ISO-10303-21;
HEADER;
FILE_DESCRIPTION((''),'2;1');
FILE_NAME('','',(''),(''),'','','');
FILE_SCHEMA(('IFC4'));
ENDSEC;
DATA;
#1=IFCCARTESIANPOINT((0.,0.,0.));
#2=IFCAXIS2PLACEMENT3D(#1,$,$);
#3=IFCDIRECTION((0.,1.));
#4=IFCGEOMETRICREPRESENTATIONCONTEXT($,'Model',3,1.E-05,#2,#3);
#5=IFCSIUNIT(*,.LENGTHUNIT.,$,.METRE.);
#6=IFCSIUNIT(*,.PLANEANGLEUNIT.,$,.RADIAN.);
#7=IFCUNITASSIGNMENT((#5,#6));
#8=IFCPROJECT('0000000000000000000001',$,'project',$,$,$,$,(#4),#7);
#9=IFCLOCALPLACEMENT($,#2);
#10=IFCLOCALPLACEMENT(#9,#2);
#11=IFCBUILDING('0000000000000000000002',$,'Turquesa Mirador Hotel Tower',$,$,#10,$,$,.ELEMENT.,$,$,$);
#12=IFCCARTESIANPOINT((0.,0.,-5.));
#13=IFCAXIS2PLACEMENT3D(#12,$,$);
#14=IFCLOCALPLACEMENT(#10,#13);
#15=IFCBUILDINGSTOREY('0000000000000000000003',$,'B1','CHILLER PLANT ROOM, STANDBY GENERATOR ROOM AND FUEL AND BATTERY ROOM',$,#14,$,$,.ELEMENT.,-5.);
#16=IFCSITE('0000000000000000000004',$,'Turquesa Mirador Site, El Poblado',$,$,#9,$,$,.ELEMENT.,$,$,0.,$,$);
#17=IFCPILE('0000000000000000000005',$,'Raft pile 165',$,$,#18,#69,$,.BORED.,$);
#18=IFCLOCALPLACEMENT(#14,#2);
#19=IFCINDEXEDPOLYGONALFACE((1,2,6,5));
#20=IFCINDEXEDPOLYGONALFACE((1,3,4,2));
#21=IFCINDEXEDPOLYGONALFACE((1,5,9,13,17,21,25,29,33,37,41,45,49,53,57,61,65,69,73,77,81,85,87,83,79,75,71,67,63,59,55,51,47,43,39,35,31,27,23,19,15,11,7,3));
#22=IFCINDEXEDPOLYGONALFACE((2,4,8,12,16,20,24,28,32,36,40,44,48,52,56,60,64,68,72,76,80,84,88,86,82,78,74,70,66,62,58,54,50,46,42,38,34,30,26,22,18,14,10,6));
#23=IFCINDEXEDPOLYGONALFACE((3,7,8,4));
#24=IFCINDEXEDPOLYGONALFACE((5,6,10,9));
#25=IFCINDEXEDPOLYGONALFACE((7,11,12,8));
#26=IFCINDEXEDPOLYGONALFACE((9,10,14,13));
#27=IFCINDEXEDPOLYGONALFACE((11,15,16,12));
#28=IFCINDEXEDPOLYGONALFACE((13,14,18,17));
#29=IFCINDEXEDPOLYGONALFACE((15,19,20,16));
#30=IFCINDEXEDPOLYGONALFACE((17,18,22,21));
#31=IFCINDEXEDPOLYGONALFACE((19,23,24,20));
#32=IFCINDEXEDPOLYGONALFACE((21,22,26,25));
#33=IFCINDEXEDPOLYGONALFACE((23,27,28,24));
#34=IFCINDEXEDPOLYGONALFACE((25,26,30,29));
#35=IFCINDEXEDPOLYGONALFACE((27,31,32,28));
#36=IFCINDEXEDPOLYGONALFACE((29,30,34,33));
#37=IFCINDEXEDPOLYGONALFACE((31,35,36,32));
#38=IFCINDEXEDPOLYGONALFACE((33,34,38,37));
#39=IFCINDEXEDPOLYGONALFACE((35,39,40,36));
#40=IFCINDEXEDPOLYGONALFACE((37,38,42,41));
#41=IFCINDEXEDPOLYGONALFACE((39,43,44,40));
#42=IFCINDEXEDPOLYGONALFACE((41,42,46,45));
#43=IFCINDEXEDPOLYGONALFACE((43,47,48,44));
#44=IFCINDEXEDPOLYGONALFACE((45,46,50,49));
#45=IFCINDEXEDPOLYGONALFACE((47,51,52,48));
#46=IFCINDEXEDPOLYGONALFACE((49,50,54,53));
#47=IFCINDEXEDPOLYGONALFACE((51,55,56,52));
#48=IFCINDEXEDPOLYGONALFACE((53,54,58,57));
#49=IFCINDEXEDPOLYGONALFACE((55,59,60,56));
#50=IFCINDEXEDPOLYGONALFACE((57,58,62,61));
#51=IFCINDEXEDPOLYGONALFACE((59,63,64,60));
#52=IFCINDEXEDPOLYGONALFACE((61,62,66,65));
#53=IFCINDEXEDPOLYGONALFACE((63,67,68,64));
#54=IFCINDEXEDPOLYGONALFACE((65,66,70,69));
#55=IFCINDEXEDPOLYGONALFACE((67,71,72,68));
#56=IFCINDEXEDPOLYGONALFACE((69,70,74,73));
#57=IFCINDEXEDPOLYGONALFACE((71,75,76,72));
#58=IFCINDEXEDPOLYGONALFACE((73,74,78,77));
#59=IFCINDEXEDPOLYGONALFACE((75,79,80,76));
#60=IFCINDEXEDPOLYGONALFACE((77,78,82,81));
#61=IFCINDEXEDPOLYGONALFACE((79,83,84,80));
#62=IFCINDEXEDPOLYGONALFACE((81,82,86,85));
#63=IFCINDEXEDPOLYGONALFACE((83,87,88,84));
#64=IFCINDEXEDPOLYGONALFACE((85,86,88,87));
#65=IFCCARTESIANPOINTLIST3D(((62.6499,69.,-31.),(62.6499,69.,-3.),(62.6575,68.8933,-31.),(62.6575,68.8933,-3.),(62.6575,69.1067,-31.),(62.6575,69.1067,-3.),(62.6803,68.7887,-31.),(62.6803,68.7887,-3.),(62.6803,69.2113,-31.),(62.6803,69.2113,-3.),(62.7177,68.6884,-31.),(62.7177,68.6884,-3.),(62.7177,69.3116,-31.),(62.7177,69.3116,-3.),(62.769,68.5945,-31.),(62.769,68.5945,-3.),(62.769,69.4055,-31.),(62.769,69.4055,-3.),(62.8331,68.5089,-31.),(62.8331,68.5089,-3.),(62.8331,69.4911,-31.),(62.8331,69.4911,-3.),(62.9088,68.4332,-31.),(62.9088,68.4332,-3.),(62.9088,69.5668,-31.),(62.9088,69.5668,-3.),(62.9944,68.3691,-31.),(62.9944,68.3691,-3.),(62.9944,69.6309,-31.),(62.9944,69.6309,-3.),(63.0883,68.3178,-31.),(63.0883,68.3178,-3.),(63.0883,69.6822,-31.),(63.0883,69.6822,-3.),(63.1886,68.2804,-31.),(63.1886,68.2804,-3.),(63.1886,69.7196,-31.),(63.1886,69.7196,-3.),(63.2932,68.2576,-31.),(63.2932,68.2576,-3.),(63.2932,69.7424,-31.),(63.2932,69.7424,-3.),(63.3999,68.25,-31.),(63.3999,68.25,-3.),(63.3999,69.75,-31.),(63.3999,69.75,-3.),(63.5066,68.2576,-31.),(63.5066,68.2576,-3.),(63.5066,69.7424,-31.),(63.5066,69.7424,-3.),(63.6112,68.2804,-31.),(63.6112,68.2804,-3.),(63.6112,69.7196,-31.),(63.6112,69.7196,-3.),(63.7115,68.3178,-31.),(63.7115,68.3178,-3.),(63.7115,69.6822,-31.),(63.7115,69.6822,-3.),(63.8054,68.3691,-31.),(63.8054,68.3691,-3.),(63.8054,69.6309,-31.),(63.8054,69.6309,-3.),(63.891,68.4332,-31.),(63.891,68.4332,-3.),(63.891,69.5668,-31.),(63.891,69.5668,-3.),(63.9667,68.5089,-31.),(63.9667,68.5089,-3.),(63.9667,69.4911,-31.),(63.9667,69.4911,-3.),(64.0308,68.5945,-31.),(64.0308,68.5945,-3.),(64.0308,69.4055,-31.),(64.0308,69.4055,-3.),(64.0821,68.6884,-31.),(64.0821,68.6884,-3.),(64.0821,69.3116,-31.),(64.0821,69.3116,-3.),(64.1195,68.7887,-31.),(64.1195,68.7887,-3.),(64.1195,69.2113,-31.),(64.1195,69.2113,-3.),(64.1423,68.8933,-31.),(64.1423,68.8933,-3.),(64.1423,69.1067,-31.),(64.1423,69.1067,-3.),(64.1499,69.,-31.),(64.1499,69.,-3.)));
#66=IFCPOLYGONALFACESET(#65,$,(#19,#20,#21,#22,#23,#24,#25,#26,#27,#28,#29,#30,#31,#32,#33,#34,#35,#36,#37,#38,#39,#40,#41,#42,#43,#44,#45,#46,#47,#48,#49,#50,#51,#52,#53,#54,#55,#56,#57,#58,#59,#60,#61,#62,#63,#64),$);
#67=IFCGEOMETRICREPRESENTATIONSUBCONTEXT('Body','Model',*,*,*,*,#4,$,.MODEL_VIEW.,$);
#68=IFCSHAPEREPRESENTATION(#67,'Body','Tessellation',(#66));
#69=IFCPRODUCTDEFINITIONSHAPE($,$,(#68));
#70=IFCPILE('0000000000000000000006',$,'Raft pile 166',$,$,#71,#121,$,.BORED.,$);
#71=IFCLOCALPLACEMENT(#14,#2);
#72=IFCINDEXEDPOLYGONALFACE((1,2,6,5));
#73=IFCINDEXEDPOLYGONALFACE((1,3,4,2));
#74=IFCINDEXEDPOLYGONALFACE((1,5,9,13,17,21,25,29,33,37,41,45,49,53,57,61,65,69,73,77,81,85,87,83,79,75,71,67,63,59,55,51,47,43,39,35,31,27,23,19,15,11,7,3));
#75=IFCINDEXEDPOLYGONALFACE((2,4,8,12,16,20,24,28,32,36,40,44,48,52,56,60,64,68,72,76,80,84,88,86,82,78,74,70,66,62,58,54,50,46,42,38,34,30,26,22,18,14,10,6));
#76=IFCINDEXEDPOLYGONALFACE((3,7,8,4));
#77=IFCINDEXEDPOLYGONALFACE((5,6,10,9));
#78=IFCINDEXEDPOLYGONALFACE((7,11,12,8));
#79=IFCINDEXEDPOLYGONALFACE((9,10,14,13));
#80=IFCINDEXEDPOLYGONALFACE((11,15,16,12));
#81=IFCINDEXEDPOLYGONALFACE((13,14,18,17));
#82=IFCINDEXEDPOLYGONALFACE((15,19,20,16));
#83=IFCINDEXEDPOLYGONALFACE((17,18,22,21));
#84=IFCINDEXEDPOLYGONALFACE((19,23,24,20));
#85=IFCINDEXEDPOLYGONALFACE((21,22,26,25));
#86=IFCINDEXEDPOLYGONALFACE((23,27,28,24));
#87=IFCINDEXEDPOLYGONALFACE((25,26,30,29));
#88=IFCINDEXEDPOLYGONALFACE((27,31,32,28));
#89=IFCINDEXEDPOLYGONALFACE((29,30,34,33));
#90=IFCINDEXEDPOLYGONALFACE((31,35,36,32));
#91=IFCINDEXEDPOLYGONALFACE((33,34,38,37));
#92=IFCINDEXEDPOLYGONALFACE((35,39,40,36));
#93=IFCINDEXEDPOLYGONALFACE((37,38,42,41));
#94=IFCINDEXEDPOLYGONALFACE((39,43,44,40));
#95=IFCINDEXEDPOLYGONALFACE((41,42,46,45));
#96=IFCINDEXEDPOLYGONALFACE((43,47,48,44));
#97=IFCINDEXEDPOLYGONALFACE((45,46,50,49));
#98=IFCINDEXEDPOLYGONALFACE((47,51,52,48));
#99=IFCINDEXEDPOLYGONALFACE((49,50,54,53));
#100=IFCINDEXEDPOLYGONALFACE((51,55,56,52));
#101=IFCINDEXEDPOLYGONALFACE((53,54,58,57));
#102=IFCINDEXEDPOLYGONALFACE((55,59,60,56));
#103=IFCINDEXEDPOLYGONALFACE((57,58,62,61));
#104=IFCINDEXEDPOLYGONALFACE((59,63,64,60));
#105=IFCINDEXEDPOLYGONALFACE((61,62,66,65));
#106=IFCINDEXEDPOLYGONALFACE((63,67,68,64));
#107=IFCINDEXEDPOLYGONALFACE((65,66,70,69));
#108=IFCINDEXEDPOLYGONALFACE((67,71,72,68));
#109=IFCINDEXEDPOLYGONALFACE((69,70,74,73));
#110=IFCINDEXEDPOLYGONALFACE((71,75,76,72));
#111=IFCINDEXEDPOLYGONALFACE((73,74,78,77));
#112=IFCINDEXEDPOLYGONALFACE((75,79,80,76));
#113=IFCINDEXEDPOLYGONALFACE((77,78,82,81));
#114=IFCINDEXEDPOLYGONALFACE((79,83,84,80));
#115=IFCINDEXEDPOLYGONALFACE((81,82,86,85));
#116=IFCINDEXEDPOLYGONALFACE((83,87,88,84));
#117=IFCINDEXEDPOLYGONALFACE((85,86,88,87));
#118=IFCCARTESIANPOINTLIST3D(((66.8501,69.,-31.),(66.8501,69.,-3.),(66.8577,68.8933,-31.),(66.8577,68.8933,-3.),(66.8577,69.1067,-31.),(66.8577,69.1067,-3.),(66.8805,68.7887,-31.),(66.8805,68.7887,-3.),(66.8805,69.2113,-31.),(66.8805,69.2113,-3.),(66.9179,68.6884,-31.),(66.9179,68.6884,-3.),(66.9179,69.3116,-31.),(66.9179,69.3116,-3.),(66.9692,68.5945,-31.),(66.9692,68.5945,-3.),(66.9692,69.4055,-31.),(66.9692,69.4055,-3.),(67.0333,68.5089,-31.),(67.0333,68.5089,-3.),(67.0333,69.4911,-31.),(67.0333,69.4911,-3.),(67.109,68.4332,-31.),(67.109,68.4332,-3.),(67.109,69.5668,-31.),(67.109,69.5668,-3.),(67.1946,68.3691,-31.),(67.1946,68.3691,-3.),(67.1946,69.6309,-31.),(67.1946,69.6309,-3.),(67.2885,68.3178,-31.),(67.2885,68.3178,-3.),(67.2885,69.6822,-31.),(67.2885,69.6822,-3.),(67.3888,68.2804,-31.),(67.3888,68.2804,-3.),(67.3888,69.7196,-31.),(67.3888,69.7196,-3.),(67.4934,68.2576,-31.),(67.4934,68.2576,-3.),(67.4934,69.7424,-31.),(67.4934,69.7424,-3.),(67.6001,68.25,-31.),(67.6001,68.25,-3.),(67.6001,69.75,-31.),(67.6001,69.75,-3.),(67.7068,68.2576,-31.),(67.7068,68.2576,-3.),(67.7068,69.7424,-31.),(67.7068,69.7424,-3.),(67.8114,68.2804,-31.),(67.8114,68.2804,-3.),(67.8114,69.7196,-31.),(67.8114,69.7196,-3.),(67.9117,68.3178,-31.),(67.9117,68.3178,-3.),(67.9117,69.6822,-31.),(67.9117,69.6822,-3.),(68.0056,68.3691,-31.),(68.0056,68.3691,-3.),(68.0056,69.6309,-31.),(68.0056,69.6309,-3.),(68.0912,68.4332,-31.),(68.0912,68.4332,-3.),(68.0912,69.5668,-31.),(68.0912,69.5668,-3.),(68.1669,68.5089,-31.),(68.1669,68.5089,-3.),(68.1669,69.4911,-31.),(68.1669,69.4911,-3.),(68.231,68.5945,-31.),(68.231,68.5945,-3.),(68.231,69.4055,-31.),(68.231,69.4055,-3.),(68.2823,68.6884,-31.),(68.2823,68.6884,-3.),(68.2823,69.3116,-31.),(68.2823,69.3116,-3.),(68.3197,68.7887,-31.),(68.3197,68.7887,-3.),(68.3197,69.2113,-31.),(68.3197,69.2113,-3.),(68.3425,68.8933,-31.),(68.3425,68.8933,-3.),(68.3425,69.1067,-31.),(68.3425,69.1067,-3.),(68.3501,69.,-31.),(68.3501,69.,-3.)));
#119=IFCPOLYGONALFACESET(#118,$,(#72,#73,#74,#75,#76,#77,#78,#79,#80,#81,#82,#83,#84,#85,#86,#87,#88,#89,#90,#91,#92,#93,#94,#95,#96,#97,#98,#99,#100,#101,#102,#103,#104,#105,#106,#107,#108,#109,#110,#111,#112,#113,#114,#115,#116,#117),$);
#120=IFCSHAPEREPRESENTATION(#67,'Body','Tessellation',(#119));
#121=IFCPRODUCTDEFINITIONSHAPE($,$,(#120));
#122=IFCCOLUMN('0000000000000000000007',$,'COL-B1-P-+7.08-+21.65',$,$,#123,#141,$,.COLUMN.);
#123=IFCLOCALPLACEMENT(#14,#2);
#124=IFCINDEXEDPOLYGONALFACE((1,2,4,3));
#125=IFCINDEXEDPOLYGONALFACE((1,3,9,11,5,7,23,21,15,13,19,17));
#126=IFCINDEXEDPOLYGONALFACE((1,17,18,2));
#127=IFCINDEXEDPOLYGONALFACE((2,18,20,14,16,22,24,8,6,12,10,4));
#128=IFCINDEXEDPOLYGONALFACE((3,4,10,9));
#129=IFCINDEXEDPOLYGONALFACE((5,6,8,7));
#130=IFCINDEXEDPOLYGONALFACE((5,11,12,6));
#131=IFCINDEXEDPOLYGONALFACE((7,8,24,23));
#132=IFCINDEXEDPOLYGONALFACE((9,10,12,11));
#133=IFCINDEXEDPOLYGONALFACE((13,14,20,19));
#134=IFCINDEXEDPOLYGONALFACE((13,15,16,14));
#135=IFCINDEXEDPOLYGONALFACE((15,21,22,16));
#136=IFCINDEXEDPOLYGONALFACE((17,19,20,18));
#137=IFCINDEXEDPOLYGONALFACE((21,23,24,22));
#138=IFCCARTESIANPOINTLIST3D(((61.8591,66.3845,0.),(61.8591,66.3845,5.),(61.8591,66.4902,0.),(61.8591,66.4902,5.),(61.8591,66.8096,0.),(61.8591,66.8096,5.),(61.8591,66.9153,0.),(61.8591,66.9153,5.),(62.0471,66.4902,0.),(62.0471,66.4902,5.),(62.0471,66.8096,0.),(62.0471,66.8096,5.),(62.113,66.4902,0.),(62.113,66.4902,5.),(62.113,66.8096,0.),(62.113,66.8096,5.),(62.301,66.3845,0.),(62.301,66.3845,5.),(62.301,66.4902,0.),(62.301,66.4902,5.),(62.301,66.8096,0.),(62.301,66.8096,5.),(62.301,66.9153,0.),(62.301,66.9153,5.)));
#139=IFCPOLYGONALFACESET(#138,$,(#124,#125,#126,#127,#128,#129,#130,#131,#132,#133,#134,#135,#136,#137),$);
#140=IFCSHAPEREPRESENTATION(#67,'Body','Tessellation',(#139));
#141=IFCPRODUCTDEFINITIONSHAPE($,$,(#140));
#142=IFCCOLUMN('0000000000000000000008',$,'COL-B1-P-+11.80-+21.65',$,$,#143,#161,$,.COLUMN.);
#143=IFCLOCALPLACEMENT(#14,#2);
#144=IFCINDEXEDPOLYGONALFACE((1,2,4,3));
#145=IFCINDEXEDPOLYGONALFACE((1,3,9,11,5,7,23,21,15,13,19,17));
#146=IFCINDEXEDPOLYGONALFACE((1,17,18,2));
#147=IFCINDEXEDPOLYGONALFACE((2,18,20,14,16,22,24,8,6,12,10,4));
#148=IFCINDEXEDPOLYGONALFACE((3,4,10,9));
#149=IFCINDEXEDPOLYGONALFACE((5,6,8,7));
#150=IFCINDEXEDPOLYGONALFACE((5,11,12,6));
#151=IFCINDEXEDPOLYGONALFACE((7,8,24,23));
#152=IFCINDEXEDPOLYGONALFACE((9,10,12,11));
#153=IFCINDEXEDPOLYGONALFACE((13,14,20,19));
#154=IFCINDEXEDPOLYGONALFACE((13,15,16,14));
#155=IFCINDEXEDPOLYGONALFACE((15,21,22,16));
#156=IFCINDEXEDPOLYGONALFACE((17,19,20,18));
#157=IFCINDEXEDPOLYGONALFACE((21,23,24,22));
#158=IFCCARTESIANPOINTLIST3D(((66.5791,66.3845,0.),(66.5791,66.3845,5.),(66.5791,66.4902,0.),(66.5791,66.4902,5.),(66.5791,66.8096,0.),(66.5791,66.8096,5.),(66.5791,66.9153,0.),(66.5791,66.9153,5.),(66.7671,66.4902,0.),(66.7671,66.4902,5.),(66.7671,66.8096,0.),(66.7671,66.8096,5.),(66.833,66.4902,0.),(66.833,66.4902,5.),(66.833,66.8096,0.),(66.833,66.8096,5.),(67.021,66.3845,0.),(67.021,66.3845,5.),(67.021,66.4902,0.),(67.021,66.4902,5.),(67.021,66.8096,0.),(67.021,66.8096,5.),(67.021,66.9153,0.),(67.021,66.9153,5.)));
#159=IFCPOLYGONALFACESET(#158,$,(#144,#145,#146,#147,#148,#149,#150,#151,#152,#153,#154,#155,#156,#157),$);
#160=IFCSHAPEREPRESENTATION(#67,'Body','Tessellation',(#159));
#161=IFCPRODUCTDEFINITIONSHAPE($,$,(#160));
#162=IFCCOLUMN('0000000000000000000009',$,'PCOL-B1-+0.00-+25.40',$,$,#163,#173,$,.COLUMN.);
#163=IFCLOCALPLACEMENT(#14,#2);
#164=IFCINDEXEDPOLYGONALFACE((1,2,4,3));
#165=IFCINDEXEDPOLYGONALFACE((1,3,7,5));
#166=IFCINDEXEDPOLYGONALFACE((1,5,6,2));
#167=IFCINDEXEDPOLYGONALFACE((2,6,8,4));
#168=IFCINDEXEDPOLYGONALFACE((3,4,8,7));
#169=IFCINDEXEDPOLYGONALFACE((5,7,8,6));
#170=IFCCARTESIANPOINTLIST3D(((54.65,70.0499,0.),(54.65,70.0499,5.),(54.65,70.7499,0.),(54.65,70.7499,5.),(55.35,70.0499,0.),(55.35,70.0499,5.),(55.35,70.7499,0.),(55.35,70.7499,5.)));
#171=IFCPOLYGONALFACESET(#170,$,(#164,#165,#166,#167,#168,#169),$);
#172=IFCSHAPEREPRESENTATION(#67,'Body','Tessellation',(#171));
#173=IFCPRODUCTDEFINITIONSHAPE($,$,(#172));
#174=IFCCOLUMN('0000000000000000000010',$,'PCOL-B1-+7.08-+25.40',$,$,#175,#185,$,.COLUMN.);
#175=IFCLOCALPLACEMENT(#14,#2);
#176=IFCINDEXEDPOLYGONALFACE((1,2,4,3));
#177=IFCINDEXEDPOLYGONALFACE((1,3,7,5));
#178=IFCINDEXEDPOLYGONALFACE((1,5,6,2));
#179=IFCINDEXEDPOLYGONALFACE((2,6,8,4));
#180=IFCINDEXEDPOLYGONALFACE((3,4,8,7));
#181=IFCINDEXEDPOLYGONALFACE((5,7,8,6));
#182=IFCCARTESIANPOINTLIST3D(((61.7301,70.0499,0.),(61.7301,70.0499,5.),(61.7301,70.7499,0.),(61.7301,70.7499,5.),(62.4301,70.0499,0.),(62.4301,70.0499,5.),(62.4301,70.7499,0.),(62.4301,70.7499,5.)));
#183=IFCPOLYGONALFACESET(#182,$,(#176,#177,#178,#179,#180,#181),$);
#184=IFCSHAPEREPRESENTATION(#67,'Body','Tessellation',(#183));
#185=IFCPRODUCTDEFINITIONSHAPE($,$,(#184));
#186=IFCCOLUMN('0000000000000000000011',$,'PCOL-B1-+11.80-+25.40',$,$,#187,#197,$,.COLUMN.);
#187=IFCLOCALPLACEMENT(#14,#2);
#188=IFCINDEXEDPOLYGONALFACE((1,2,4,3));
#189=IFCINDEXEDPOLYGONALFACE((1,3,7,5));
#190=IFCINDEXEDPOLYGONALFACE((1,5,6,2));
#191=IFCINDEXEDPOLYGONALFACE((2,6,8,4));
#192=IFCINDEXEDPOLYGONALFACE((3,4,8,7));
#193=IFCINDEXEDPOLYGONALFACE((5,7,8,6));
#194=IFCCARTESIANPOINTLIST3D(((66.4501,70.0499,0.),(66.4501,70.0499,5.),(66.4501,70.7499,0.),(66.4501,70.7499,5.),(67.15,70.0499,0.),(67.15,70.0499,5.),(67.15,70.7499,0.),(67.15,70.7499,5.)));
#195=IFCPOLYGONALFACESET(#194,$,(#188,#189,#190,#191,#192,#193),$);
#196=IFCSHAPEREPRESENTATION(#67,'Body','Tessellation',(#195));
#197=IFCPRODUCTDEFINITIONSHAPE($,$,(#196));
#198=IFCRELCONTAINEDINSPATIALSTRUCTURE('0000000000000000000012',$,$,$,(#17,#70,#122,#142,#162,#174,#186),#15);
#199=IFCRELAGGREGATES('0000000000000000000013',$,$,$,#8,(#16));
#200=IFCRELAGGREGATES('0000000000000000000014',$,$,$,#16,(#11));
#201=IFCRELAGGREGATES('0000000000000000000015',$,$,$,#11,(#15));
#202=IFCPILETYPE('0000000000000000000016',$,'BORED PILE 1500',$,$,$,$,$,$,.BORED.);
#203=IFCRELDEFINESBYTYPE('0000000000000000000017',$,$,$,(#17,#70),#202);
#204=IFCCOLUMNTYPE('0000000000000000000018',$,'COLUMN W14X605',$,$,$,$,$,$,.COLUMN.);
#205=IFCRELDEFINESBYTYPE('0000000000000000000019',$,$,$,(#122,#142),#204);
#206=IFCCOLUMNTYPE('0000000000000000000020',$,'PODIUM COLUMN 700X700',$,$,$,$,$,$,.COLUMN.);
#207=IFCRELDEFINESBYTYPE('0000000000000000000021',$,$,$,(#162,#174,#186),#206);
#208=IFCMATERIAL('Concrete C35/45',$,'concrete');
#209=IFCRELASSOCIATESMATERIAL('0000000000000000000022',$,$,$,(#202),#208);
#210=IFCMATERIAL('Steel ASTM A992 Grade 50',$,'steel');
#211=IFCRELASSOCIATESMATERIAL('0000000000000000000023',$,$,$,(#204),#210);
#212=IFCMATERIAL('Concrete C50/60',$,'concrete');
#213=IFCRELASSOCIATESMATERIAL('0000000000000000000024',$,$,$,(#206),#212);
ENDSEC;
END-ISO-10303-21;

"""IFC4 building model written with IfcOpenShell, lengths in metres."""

from ifc_helpers import new_model, si_unit, direction, frame, origin, origin_2d, place, context, subcontext, project, spatial, rectangle, circle, i_section, extrude, material, material_profile, profile_set, type_object, element, save


model = new_model("IFC4")

# Units and contexts
model_context = context("Model", 3, precision=1e-05, world=origin(), true_north=direction((0.0, 1.0)))
body_context = subcontext(model_context, "Body", "Model", "MODEL_VIEW")
ifc_project = project(units=[si_unit("LENGTHUNIT", "METRE"), si_unit("PLANEANGLEUNIT", "RADIAN")], contexts=[model_context])

# Site, building, storey
site_placement = place(None, origin())
site = spatial("IfcSite", under=ifc_project, at=site_placement, Name="Turquesa Mirador Site, El Poblado", CompositionType="ELEMENT", RefElevation=0.0)
building_placement = place(site_placement, origin())
building = spatial("IfcBuilding", under=site, at=building_placement, Name="Turquesa Mirador Hotel Tower", CompositionType="ELEMENT")
storey_placement = place(building_placement, frame((0.0, 0.0, -5.0)))
storey = spatial("IfcBuildingStorey", under=building, at=storey_placement, Name="B1", Description="CHILLER PLANT ROOM, STANDBY GENERATOR ROOM AND FUEL AND BATTERY ROOM", CompositionType="ELEMENT", Elevation=-5.0)

# Piles
ifc_material_1 = material(Name="Concrete C35/45", Category="concrete")
pile_type = type_object("IfcPileType", Name="BORED PILE 1500", PredefinedType="BORED", material=ifc_material_1)
for number, where, z_axis, x_axis, name in (
    (1, (63.3999, 69.0, -3.0), (0.0, 0.0, -1.0), (1.0, 0.0, 0.0), "Raft pile 165"),
    (2, (67.6001, 69.0, -3.0), (0.0, 0.0, -1.0), (1.0, 0.0, 0.0), "Raft pile 166"),
):
    element("IfcPile", number, at=place(storey_placement, frame(where, z_axis=z_axis, x_axis=x_axis)), inside=storey, type_object=pile_type, Name=name, PredefinedType="BORED", context=body_context, shape_type="SweptSolid", body=[
        extrude(circle(Radius=0.75, at=origin_2d()), origin(), (0.0, 0.0, 1.0), 28.0),
    ])

# Columns
ifc_material_2 = material(Name="Steel ASTM A992 Grade 50", Category="steel")
ifc_material_profile_1 = material_profile(ifc_material_2, i_section(OverallWidth=0.4419, OverallDepth=0.5308, WebThickness=0.0659, FlangeThickness=0.1057, at=origin_2d()), Name="W14X605")
ifc_profile_set_1 = profile_set([ifc_material_profile_1], Name="Steel ASTM A992 Grade 50")
column_type_1 = type_object("IfcColumnType", Name="COLUMN W14X605", PredefinedType="COLUMN", material=ifc_profile_set_1)
for number, where, z_axis, x_axis, name in (
    (3, (62.0801, 66.6499, 0.0), (0.0, 0.0, 1.0), (1.0, 0.0, 0.0), "COL-B1-P-+7.08-+21.65"),
    (4, (66.8, 66.6499, 0.0), (0.0, 0.0, 1.0), (1.0, 0.0, 0.0), "COL-B1-P-+11.80-+21.65"),
):
    element("IfcColumn", number, at=place(storey_placement, frame(where, z_axis=z_axis, x_axis=x_axis)), inside=storey, type_object=column_type_1, Name=name, PredefinedType="COLUMN", context=body_context, shape_type="SweptSolid", body=[
        extrude(i_section(OverallWidth=0.4419, OverallDepth=0.5308, WebThickness=0.0659, FlangeThickness=0.1057, at=origin_2d()), origin(), (0.0, 0.0, 1.0), 5.0),
    ])
ifc_material_3 = material(Name="Concrete C50/60", Category="concrete")
ifc_material_profile_2 = material_profile(ifc_material_3, rectangle(XDim=0.7, YDim=0.7, at=origin_2d()), Name="RC 700X700")
ifc_profile_set_2 = profile_set([ifc_material_profile_2], Name="Concrete C50/60")
column_type_2 = type_object("IfcColumnType", Name="PODIUM COLUMN 700X700", PredefinedType="COLUMN", material=ifc_profile_set_2)
for number, where, z_axis, x_axis, name in (
    (5, (55.0, 70.3999, 0.0), (0.0, 0.0, 1.0), (1.0, 0.0, 0.0), "PCOL-B1-+0.00-+25.40"),
    (6, (62.0801, 70.3999, 0.0), (0.0, 0.0, 1.0), (1.0, 0.0, 0.0), "PCOL-B1-+7.08-+25.40"),
    (7, (66.8, 70.3999, 0.0), (0.0, 0.0, 1.0), (1.0, 0.0, 0.0), "PCOL-B1-+11.80-+25.40"),
):
    element("IfcColumn", number, at=place(storey_placement, frame(where, z_axis=z_axis, x_axis=x_axis)), inside=storey, type_object=column_type_2, Name=name, PredefinedType="COLUMN", context=body_context, shape_type="SweptSolid", body=[
        extrude(rectangle(XDim=0.7, YDim=0.7, at=origin_2d()), origin(), (0.0, 0.0, 1.0), 5.0),
    ])

save(model, "model.ifc")
